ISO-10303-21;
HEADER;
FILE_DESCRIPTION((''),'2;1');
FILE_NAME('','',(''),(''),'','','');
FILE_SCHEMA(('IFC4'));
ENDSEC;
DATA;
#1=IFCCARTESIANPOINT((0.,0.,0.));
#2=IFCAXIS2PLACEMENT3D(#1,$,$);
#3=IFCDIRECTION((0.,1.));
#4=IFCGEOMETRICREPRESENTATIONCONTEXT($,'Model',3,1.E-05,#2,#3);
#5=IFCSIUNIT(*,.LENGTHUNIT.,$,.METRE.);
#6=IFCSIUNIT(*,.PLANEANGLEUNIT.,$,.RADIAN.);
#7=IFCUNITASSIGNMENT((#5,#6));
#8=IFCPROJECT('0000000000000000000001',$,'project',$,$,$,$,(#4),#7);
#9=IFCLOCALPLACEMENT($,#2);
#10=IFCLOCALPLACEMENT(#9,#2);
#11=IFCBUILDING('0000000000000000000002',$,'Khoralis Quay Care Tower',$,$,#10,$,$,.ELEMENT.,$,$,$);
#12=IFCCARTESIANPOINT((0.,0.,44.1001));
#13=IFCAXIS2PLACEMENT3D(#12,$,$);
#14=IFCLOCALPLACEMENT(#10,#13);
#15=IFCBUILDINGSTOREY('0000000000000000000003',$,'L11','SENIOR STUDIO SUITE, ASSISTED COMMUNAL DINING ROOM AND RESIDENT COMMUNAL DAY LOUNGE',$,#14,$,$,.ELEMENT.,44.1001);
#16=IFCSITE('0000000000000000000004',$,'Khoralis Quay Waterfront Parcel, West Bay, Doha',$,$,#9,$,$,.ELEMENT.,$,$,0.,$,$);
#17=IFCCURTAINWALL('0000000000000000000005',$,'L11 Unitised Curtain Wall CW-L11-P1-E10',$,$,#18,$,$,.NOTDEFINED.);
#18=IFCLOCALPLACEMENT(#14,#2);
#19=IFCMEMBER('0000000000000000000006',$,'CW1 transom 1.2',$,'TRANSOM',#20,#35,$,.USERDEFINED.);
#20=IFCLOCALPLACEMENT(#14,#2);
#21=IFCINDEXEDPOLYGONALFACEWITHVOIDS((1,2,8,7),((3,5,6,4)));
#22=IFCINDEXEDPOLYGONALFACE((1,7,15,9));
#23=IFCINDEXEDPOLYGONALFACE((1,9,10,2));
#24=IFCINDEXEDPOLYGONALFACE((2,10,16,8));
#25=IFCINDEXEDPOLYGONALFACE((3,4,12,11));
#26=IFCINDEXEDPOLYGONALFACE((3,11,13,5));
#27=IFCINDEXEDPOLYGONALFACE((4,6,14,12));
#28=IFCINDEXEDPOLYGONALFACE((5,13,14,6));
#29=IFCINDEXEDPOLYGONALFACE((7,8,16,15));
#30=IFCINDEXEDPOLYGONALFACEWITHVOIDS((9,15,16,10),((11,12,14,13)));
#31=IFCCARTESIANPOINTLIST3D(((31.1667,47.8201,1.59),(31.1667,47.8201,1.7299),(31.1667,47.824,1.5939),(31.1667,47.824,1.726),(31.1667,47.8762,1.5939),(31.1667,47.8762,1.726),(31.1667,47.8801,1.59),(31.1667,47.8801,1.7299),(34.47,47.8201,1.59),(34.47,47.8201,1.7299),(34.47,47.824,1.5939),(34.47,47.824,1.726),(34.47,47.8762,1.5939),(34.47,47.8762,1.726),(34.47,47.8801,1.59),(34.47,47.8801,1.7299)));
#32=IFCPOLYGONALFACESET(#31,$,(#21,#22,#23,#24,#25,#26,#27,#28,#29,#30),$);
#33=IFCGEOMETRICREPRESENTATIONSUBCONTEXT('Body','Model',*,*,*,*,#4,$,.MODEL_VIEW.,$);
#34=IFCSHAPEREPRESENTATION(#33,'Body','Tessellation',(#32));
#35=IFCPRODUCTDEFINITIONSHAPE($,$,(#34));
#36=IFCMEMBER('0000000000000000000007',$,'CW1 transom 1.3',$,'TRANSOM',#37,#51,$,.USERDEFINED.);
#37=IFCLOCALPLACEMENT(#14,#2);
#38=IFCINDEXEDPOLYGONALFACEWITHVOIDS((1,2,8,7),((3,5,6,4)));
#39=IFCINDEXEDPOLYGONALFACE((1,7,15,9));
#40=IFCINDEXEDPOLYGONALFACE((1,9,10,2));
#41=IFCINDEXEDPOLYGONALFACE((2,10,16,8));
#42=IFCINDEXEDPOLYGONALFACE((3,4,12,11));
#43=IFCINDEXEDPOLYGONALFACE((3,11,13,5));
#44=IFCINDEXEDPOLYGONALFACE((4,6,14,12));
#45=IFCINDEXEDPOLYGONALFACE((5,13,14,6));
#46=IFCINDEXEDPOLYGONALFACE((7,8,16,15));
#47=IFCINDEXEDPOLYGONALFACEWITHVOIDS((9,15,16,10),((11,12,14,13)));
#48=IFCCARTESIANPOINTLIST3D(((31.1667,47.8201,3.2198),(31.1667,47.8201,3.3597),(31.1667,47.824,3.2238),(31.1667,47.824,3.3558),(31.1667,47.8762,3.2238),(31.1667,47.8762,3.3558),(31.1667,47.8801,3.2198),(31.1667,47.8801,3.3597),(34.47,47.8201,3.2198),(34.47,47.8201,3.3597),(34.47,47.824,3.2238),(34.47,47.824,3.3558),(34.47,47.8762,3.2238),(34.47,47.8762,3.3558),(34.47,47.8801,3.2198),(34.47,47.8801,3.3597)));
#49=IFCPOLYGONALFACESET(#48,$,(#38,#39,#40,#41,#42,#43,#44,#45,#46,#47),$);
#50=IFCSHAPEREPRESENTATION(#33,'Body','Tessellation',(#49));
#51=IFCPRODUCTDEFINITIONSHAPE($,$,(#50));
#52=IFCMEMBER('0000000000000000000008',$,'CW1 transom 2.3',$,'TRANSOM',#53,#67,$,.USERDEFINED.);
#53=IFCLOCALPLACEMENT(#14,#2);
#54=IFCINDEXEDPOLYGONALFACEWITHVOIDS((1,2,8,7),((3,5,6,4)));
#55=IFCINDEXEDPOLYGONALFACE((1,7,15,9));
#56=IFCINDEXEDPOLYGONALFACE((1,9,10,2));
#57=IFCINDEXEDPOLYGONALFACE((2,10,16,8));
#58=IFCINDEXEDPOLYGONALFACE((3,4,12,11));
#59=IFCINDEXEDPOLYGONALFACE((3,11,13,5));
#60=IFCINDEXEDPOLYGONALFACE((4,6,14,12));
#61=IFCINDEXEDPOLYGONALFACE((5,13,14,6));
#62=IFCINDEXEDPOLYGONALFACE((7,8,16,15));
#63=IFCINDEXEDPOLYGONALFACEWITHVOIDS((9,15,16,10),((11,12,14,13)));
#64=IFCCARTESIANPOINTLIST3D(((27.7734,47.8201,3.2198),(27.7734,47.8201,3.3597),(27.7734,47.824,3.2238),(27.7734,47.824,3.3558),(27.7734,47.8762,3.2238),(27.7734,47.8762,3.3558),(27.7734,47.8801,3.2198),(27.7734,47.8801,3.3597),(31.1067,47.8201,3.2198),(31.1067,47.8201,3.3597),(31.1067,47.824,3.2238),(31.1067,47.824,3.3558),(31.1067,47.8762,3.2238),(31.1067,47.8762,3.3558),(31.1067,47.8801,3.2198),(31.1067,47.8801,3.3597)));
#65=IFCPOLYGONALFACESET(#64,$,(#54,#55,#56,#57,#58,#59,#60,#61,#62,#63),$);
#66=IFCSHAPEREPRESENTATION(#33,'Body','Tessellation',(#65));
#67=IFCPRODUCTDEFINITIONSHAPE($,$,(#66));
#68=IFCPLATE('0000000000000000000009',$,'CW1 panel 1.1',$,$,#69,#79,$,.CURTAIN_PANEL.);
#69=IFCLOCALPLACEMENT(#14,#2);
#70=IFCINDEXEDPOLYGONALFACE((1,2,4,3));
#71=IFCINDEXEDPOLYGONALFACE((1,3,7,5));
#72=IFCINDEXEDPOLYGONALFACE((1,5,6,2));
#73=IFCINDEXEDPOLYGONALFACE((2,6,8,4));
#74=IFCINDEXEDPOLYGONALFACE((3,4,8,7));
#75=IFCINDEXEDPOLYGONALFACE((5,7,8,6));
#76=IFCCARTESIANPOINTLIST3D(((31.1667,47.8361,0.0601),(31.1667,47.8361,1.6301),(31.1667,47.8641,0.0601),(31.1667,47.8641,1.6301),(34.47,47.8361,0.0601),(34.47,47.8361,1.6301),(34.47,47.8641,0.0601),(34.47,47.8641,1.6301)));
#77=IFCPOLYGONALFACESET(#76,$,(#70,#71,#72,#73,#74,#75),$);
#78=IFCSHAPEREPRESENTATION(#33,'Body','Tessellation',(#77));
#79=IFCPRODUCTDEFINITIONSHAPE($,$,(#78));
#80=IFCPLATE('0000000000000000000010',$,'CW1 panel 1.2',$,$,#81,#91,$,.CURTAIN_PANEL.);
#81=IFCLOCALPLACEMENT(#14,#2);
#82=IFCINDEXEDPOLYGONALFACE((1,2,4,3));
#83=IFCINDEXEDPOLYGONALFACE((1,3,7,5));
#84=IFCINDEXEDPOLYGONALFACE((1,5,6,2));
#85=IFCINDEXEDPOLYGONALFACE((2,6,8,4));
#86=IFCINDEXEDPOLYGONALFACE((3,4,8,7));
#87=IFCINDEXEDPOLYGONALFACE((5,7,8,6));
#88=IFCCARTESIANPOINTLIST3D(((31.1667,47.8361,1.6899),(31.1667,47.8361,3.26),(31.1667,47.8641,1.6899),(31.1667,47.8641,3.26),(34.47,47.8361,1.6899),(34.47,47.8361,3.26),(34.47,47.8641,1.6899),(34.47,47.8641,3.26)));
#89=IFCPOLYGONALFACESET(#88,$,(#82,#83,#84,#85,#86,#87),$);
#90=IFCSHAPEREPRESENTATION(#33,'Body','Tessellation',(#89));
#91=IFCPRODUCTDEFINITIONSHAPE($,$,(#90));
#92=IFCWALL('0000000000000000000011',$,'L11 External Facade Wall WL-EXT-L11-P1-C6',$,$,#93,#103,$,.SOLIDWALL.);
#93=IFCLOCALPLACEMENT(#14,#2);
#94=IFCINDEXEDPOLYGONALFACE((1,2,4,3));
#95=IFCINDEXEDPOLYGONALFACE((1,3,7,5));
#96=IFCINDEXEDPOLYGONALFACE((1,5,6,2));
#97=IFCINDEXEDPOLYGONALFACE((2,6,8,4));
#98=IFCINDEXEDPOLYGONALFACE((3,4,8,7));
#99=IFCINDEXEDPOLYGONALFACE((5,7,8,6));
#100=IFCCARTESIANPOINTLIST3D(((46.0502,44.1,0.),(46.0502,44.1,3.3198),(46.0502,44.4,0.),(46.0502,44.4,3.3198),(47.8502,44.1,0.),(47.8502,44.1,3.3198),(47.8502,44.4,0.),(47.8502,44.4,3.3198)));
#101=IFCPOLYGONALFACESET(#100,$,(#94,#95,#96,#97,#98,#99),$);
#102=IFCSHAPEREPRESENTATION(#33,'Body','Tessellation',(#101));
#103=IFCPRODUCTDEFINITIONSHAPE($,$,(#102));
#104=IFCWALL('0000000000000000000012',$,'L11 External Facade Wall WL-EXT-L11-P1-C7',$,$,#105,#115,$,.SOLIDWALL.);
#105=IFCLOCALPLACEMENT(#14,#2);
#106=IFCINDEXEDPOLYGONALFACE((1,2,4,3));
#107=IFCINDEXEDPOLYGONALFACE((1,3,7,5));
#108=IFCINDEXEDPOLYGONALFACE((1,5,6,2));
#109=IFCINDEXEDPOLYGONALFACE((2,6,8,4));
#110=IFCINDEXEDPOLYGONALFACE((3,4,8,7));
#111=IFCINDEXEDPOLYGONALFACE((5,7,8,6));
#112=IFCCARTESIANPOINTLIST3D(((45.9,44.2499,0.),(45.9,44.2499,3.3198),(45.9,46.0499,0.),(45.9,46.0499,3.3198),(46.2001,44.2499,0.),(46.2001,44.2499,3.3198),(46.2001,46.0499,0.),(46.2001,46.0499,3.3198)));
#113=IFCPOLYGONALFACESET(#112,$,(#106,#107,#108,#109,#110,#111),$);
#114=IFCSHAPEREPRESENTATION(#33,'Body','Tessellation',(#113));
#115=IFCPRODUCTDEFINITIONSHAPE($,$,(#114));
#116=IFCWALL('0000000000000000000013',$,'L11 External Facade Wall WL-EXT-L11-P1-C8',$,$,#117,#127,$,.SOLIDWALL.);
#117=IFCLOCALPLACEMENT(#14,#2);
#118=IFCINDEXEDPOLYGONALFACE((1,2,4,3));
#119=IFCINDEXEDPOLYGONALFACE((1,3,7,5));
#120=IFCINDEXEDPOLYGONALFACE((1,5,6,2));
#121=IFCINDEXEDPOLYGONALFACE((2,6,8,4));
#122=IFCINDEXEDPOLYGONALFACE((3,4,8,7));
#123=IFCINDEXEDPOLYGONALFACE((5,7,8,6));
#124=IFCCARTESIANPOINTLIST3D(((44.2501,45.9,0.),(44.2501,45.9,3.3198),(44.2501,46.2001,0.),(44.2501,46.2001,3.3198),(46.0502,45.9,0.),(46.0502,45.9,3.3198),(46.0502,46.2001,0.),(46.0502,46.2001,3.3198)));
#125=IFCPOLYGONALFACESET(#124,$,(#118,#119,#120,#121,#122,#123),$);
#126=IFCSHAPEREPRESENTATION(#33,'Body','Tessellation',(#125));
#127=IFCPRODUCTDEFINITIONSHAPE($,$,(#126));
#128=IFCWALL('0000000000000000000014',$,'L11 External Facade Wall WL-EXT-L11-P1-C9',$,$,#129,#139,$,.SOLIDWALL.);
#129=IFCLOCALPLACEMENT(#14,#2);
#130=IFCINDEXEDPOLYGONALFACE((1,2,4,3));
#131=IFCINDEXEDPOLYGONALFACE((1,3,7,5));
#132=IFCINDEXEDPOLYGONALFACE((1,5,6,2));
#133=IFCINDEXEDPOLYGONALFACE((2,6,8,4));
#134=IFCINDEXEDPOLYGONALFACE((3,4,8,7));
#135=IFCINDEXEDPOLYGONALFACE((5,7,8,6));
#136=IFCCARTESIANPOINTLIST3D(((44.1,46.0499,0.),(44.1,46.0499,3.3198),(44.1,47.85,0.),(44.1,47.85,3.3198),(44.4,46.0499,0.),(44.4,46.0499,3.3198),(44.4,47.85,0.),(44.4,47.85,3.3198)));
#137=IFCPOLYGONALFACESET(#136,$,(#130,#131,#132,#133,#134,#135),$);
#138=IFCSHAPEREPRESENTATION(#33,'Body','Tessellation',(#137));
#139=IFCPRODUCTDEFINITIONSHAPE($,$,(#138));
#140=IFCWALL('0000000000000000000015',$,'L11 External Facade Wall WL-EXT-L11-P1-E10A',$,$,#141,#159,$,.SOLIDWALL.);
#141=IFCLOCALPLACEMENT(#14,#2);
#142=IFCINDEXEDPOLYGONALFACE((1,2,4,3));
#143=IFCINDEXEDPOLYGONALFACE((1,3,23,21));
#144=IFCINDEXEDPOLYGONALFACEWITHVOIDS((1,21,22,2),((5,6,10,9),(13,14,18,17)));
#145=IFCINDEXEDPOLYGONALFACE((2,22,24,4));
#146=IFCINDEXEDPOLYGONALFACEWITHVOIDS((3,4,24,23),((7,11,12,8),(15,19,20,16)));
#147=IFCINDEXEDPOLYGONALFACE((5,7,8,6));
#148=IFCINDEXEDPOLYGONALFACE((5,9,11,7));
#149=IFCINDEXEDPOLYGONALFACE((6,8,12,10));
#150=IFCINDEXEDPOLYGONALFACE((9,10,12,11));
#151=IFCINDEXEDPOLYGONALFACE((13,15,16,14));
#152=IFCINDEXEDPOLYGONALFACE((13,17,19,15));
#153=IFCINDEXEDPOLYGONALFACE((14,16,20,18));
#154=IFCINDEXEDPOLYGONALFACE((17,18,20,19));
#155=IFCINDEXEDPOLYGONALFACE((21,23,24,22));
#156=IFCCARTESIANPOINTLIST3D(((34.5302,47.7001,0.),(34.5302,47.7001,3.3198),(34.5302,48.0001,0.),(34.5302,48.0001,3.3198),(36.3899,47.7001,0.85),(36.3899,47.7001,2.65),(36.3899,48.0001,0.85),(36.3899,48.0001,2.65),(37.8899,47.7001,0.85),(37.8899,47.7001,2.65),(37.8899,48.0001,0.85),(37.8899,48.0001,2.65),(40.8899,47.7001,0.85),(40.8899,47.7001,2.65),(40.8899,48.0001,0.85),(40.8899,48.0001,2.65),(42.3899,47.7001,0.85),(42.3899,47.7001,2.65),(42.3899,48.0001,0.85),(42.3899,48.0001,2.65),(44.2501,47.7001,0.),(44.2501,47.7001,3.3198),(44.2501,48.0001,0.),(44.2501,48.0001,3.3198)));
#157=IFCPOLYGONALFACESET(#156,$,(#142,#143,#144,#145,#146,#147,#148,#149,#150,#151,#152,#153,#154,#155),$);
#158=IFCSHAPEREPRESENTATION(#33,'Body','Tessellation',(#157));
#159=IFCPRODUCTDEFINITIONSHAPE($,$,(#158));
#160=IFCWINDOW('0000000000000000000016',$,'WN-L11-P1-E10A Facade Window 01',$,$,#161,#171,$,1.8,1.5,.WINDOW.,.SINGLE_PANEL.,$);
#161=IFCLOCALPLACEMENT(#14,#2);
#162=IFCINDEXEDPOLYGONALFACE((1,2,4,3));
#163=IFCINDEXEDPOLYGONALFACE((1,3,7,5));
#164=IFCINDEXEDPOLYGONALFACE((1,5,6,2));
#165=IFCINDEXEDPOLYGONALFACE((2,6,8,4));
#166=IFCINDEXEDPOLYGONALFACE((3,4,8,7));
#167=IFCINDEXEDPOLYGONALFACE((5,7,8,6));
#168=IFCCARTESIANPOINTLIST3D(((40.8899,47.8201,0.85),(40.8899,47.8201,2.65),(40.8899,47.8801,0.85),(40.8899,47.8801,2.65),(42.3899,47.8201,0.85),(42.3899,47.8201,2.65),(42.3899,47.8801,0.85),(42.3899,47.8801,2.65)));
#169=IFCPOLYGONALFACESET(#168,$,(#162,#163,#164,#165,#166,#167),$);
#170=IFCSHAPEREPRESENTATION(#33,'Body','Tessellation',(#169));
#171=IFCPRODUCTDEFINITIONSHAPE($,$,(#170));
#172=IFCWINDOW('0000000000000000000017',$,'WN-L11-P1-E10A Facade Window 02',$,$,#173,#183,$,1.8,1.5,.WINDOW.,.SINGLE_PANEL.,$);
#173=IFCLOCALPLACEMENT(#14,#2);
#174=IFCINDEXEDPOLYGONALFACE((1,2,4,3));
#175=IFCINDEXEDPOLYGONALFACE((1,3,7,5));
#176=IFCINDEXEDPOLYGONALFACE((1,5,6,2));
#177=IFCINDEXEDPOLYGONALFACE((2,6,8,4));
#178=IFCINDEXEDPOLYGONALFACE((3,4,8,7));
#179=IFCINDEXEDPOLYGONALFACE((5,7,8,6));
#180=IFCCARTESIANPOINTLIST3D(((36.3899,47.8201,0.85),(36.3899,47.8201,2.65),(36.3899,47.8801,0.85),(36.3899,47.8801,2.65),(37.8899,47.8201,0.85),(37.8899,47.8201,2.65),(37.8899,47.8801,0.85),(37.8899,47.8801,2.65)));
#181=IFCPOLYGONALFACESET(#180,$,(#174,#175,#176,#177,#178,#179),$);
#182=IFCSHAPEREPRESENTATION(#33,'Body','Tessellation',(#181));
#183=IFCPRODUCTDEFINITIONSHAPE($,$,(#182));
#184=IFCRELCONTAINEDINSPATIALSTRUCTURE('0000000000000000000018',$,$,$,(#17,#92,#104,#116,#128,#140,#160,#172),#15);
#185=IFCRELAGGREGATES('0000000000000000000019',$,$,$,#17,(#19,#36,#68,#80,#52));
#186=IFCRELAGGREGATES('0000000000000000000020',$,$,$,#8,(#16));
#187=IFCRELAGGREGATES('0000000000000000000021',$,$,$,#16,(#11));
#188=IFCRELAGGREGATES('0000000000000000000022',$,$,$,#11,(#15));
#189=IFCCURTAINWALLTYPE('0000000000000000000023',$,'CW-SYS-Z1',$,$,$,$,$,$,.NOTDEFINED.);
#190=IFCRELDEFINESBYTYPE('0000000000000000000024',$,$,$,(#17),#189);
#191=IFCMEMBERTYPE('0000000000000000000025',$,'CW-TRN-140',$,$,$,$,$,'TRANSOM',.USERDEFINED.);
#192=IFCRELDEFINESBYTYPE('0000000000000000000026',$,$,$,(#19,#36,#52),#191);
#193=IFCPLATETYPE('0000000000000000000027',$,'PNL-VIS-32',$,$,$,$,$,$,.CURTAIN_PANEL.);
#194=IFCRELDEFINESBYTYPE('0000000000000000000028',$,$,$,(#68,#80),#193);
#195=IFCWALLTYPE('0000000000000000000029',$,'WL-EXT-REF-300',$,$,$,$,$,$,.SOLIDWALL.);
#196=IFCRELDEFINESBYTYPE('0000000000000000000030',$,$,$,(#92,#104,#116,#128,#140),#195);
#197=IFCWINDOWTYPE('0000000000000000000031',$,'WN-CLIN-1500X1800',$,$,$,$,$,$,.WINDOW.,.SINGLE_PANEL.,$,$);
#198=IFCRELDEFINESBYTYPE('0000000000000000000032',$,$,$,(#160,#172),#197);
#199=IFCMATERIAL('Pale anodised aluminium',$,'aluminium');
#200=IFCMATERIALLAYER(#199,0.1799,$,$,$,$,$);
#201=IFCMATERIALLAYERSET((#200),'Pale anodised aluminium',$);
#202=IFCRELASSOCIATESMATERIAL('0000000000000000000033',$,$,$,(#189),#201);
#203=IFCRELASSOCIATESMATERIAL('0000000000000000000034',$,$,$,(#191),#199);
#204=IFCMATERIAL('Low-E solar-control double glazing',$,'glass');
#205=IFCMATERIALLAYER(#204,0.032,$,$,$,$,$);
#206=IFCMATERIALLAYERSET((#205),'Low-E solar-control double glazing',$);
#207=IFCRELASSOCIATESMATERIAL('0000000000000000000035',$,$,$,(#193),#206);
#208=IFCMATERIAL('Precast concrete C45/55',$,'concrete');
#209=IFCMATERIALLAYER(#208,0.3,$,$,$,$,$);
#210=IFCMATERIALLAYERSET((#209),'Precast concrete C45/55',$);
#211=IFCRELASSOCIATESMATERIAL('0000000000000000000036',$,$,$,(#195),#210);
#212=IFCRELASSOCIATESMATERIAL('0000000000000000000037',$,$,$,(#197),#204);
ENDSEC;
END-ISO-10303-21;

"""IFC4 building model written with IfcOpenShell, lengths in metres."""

from ifc_helpers import new_model, si_unit, direction, frame, frame_2d, origin, origin_2d, place, context, subcontext, project, spatial, rectangle, hollow_rectangle, extrude, source, transform, mapped, material, layer, layer_set, material_profile, profile_set, type_object, element, fill, aggregate, save


model = new_model("IFC4")

# Units and contexts
model_context = context("Model", 3, precision=1e-05, world=origin(), true_north=direction((0.0, 1.0)))
body_context = subcontext(model_context, "Body", "Model", "MODEL_VIEW")
ifc_project = project(units=[si_unit("LENGTHUNIT", "METRE"), si_unit("PLANEANGLEUNIT", "RADIAN")], contexts=[model_context])

# Site, building, storey
site_placement = place(None, origin())
site = spatial("IfcSite", under=ifc_project, at=site_placement, Name="Khoralis Quay Waterfront Parcel, West Bay, Doha", CompositionType="ELEMENT", RefElevation=0.0)
building_placement = place(site_placement, origin())
building = spatial("IfcBuilding", under=site, at=building_placement, Name="Khoralis Quay Care Tower", CompositionType="ELEMENT")
storey_placement = place(building_placement, frame((0.0, 0.0, 44.1001)))
storey = spatial("IfcBuildingStorey", under=building, at=storey_placement, Name="L11", Description="SENIOR STUDIO SUITE, ASSISTED COMMUNAL DINING ROOM AND RESIDENT COMMUNAL DAY LOUNGE", CompositionType="ELEMENT", Elevation=44.1001)

# Curtain wall, members, plates
ifc_material_1 = material(Name="Pale anodised aluminium", Category="aluminium")
ifc_layer_1 = layer(ifc_material_1, 0.1799)
ifc_layer_set_1 = layer_set([ifc_layer_1], Name="Pale anodised aluminium")
curtain_wall_type = type_object("IfcCurtainWallType", Name="CW-SYS-Z1", PredefinedType="NOTDEFINED", material=ifc_layer_set_1)
curtain_wall_placement = place(storey_placement, origin())
curtain_wall = element("IfcCurtainWall", 1, at=curtain_wall_placement, inside=storey, type_object=curtain_wall_type, Name="L11 Unitised Curtain Wall CW-L11-P1-E10", PredefinedType="NOTDEFINED")
ifc_material_profile_1 = material_profile(ifc_material_1, hollow_rectangle(XDim=0.0601, YDim=0.1399, WallThickness=0.0039, at=origin_2d()), Name="Pale anodised aluminium")
ifc_profile_set_1 = profile_set([ifc_material_profile_1], Name="Pale anodised aluminium")
member_type_1 = type_object("IfcMemberType", Name="CW-TRN-140", ElementType="TRANSOM", PredefinedType="USERDEFINED", material=ifc_profile_set_1)
shared_shape_1 = source(origin(), body_context, "Body", "SweptSolid", [
    extrude(hollow_rectangle(XDim=0.0601, YDim=0.1399, WallThickness=0.0039, at=origin_2d()), origin(), (0.0, 0.0, 1.0), 3.3032),
])
member_1_placement = place(storey_placement, frame((34.47, 47.8501, 1.6599), z_axis=(-1.0, 0.0, 0.0), x_axis=(0.0, -1.0, 0.0)))
member_1 = element("IfcMember", 2, at=member_1_placement, type_object=member_type_1, Name="CW1 transom 1.2", ObjectType="TRANSOM", PredefinedType="USERDEFINED", context=body_context, shape_type="MappedRepresentation", body=[
    mapped(shared_shape_1, transform((0.0, 0.0, 0.0), scale=1.0)),
])
member_2_placement = place(storey_placement, frame((34.47, 47.8501, 3.2898), z_axis=(-1.0, 0.0, 0.0), x_axis=(0.0, -1.0, 0.0)))
member_2 = element("IfcMember", 3, at=member_2_placement, type_object=member_type_1, Name="CW1 transom 1.3", ObjectType="TRANSOM", PredefinedType="USERDEFINED", context=body_context, shape_type="MappedRepresentation", body=[
    mapped(shared_shape_1, transform((0.0, 0.0, 0.0), scale=1.0)),
])
shared_shape_2 = source(origin(), body_context, "Body", "SweptSolid", [
    extrude(hollow_rectangle(XDim=0.0601, YDim=0.1399, WallThickness=0.0039, at=origin_2d()), origin(), (0.0, 0.0, 1.0), 3.3333),
])
member_3_placement = place(storey_placement, frame((31.1067, 47.8501, 3.2898), z_axis=(-1.0, 0.0, 0.0), x_axis=(0.0, -1.0, 0.0)))
member_3 = element("IfcMember", 4, at=member_3_placement, type_object=member_type_1, Name="CW1 transom 2.3", ObjectType="TRANSOM", PredefinedType="USERDEFINED", context=body_context, shape_type="MappedRepresentation", body=[
    mapped(shared_shape_2, transform((0.0, 0.0, 0.0), scale=1.0)),
])
ifc_material_2 = material(Name="Low-E solar-control double glazing", Category="glass")
ifc_layer_2 = layer(ifc_material_2, 0.032)
ifc_layer_set_2 = layer_set([ifc_layer_2], Name="Low-E solar-control double glazing")
plate_type = type_object("IfcPlateType", Name="PNL-VIS-32", PredefinedType="CURTAIN_PANEL", material=ifc_layer_set_2)
shared_shape_3 = source(origin(), body_context, "Body", "SweptSolid", [
    extrude(rectangle(XDim=3.3032, YDim=0.0281, at=origin_2d()), origin(), (0.0, 0.0, 1.0), 1.5701),
])
plate_1_placement = place(storey_placement, frame((32.8184, 47.8501, 0.0601), z_axis=(0.0, 0.0, 1.0), x_axis=(-1.0, 0.0, 0.0)))
plate_1 = element("IfcPlate", 5, at=plate_1_placement, type_object=plate_type, Name="CW1 panel 1.1", PredefinedType="CURTAIN_PANEL", context=body_context, shape_type="MappedRepresentation", body=[
    mapped(shared_shape_3, transform((0.0, 0.0, 0.0), scale=1.0)),
])
plate_2_placement = place(storey_placement, frame((32.8184, 47.8501, 1.6899), z_axis=(0.0, 0.0, 1.0), x_axis=(-1.0, 0.0, 0.0)))
plate_2 = element("IfcPlate", 6, at=plate_2_placement, type_object=plate_type, Name="CW1 panel 1.2", PredefinedType="CURTAIN_PANEL", context=body_context, shape_type="MappedRepresentation", body=[
    mapped(shared_shape_3, transform((0.0, 0.0, 0.0), scale=1.0)),
])
aggregate(curtain_wall, [member_1, member_2, plate_1, plate_2, member_3])

# Walls
ifc_material_3 = material(Name="Precast concrete C45/55", Category="concrete")
ifc_layer_3 = layer(ifc_material_3, 0.3)
ifc_layer_set_3 = layer_set([ifc_layer_3], Name="Precast concrete C45/55")
wall_type = type_object("IfcWallType", Name="WL-EXT-REF-300", PredefinedType="SOLIDWALL", material=ifc_layer_set_3)
for number, where, z_axis, x_axis, name in (
    (7, (47.8501, 44.25, 0.0), (0.0, 0.0, 1.0), (-1.0, 0.0, 0.0), "L11 External Facade Wall WL-EXT-L11-P1-C6"),
    (8, (46.05, 44.25, 0.0), (0.0, 0.0, 1.0), (0.0, 1.0, 0.0), "L11 External Facade Wall WL-EXT-L11-P1-C7"),
    (9, (46.05, 46.05, 0.0), (0.0, 0.0, 1.0), (-1.0, 0.0, 0.0), "L11 External Facade Wall WL-EXT-L11-P1-C8"),
    (10, (44.25, 46.05, 0.0), (0.0, 0.0, 1.0), (0.0, 1.0, 0.0), "L11 External Facade Wall WL-EXT-L11-P1-C9"),
):
    element("IfcWall", number, at=place(storey_placement, frame(where, z_axis=z_axis, x_axis=x_axis)), inside=storey, type_object=wall_type, Name=name, PredefinedType="SOLIDWALL", context=body_context, shape_type="SweptSolid", body=[
        extrude(rectangle(XDim=1.8, YDim=0.3, at=frame_2d((0.8999, 0.0))), origin(), (0.0, 0.0, 1.0), 3.3198),
    ])

# Wall, openings, windows
wall_placement = place(storey_placement, frame((44.25, 47.8501, 0.0), z_axis=(0.0, 0.0, 1.0), x_axis=(-1.0, 0.0, 0.0)))
wall = element("IfcWall", 11, at=wall_placement, inside=storey, type_object=wall_type, Name="L11 External Facade Wall WL-EXT-L11-P1-E10A", PredefinedType="SOLIDWALL", context=body_context, shape_type="SweptSolid", body=[
    extrude(rectangle(XDim=9.72, YDim=0.3, at=frame_2d((4.8599, 0.0))), origin(), (0.0, 0.0, 1.0), 3.3198),
])
opening_1_placement = place(wall_placement, frame((1.8601, 0.0, 0.8501)))
opening_1 = element("IfcOpeningElement", 12, at=opening_1_placement, cuts=wall, PredefinedType="OPENING", context=body_context, shape_type="SweptSolid", body=[
    extrude(rectangle(XDim=1.5, YDim=1.8, at=frame_2d((0.75, 0.8999))), frame((0.0, 0.1602, 0.0), z_axis=(0.0, -1.0, 0.0), x_axis=(1.0, 0.0, 0.0)), (0.0, 0.0, 1.0), 0.3201),
])
opening_2_placement = place(wall_placement, frame((6.3601, 0.0, 0.8501)))
opening_2 = element("IfcOpeningElement", 13, at=opening_2_placement, cuts=wall, PredefinedType="OPENING", context=body_context, shape_type="SweptSolid", body=[
    extrude(rectangle(XDim=1.5, YDim=1.8, at=frame_2d((0.75, 0.8999))), frame((0.0, 0.1602, 0.0), z_axis=(0.0, -1.0, 0.0), x_axis=(1.0, 0.0, 0.0)), (0.0, 0.0, 1.0), 0.3201),
])
window_type = type_object("IfcWindowType", Name="WN-CLIN-1500X1800", PartitioningType="SINGLE_PANEL", PredefinedType="WINDOW", material=ifc_material_2)
shared_shape_4 = source(origin(), body_context, "Body", "SweptSolid", [
    extrude(rectangle(XDim=1.5, YDim=1.8, at=frame_2d((0.75, 0.8999))), frame((0.0, 0.03, 0.0), z_axis=(0.0, -1.0, 0.0), x_axis=(1.0, 0.0, 0.0)), (0.0, 0.0, 1.0), 0.0601),
])
window_1_placement = place(opening_1_placement, origin())
window_1 = element("IfcWindow", 14, at=window_1_placement, inside=storey, type_object=window_type, Name="WN-L11-P1-E10A Facade Window 01", OverallHeight=1.8, OverallWidth=1.5, PartitioningType="SINGLE_PANEL", PredefinedType="WINDOW", context=body_context, shape_type="MappedRepresentation", body=[
    mapped(shared_shape_4, transform((0.0, 0.0, 0.0), scale=1.0)),
])
fill(opening_1, window_1)
window_2_placement = place(opening_2_placement, origin())
window_2 = element("IfcWindow", 15, at=window_2_placement, inside=storey, type_object=window_type, Name="WN-L11-P1-E10A Facade Window 02", OverallHeight=1.8, OverallWidth=1.5, PartitioningType="SINGLE_PANEL", PredefinedType="WINDOW", context=body_context, shape_type="MappedRepresentation", body=[
    mapped(shared_shape_4, transform((0.0, 0.0, 0.0), scale=1.0)),
])
fill(opening_2, window_2)

save(model, "model.ifc")
